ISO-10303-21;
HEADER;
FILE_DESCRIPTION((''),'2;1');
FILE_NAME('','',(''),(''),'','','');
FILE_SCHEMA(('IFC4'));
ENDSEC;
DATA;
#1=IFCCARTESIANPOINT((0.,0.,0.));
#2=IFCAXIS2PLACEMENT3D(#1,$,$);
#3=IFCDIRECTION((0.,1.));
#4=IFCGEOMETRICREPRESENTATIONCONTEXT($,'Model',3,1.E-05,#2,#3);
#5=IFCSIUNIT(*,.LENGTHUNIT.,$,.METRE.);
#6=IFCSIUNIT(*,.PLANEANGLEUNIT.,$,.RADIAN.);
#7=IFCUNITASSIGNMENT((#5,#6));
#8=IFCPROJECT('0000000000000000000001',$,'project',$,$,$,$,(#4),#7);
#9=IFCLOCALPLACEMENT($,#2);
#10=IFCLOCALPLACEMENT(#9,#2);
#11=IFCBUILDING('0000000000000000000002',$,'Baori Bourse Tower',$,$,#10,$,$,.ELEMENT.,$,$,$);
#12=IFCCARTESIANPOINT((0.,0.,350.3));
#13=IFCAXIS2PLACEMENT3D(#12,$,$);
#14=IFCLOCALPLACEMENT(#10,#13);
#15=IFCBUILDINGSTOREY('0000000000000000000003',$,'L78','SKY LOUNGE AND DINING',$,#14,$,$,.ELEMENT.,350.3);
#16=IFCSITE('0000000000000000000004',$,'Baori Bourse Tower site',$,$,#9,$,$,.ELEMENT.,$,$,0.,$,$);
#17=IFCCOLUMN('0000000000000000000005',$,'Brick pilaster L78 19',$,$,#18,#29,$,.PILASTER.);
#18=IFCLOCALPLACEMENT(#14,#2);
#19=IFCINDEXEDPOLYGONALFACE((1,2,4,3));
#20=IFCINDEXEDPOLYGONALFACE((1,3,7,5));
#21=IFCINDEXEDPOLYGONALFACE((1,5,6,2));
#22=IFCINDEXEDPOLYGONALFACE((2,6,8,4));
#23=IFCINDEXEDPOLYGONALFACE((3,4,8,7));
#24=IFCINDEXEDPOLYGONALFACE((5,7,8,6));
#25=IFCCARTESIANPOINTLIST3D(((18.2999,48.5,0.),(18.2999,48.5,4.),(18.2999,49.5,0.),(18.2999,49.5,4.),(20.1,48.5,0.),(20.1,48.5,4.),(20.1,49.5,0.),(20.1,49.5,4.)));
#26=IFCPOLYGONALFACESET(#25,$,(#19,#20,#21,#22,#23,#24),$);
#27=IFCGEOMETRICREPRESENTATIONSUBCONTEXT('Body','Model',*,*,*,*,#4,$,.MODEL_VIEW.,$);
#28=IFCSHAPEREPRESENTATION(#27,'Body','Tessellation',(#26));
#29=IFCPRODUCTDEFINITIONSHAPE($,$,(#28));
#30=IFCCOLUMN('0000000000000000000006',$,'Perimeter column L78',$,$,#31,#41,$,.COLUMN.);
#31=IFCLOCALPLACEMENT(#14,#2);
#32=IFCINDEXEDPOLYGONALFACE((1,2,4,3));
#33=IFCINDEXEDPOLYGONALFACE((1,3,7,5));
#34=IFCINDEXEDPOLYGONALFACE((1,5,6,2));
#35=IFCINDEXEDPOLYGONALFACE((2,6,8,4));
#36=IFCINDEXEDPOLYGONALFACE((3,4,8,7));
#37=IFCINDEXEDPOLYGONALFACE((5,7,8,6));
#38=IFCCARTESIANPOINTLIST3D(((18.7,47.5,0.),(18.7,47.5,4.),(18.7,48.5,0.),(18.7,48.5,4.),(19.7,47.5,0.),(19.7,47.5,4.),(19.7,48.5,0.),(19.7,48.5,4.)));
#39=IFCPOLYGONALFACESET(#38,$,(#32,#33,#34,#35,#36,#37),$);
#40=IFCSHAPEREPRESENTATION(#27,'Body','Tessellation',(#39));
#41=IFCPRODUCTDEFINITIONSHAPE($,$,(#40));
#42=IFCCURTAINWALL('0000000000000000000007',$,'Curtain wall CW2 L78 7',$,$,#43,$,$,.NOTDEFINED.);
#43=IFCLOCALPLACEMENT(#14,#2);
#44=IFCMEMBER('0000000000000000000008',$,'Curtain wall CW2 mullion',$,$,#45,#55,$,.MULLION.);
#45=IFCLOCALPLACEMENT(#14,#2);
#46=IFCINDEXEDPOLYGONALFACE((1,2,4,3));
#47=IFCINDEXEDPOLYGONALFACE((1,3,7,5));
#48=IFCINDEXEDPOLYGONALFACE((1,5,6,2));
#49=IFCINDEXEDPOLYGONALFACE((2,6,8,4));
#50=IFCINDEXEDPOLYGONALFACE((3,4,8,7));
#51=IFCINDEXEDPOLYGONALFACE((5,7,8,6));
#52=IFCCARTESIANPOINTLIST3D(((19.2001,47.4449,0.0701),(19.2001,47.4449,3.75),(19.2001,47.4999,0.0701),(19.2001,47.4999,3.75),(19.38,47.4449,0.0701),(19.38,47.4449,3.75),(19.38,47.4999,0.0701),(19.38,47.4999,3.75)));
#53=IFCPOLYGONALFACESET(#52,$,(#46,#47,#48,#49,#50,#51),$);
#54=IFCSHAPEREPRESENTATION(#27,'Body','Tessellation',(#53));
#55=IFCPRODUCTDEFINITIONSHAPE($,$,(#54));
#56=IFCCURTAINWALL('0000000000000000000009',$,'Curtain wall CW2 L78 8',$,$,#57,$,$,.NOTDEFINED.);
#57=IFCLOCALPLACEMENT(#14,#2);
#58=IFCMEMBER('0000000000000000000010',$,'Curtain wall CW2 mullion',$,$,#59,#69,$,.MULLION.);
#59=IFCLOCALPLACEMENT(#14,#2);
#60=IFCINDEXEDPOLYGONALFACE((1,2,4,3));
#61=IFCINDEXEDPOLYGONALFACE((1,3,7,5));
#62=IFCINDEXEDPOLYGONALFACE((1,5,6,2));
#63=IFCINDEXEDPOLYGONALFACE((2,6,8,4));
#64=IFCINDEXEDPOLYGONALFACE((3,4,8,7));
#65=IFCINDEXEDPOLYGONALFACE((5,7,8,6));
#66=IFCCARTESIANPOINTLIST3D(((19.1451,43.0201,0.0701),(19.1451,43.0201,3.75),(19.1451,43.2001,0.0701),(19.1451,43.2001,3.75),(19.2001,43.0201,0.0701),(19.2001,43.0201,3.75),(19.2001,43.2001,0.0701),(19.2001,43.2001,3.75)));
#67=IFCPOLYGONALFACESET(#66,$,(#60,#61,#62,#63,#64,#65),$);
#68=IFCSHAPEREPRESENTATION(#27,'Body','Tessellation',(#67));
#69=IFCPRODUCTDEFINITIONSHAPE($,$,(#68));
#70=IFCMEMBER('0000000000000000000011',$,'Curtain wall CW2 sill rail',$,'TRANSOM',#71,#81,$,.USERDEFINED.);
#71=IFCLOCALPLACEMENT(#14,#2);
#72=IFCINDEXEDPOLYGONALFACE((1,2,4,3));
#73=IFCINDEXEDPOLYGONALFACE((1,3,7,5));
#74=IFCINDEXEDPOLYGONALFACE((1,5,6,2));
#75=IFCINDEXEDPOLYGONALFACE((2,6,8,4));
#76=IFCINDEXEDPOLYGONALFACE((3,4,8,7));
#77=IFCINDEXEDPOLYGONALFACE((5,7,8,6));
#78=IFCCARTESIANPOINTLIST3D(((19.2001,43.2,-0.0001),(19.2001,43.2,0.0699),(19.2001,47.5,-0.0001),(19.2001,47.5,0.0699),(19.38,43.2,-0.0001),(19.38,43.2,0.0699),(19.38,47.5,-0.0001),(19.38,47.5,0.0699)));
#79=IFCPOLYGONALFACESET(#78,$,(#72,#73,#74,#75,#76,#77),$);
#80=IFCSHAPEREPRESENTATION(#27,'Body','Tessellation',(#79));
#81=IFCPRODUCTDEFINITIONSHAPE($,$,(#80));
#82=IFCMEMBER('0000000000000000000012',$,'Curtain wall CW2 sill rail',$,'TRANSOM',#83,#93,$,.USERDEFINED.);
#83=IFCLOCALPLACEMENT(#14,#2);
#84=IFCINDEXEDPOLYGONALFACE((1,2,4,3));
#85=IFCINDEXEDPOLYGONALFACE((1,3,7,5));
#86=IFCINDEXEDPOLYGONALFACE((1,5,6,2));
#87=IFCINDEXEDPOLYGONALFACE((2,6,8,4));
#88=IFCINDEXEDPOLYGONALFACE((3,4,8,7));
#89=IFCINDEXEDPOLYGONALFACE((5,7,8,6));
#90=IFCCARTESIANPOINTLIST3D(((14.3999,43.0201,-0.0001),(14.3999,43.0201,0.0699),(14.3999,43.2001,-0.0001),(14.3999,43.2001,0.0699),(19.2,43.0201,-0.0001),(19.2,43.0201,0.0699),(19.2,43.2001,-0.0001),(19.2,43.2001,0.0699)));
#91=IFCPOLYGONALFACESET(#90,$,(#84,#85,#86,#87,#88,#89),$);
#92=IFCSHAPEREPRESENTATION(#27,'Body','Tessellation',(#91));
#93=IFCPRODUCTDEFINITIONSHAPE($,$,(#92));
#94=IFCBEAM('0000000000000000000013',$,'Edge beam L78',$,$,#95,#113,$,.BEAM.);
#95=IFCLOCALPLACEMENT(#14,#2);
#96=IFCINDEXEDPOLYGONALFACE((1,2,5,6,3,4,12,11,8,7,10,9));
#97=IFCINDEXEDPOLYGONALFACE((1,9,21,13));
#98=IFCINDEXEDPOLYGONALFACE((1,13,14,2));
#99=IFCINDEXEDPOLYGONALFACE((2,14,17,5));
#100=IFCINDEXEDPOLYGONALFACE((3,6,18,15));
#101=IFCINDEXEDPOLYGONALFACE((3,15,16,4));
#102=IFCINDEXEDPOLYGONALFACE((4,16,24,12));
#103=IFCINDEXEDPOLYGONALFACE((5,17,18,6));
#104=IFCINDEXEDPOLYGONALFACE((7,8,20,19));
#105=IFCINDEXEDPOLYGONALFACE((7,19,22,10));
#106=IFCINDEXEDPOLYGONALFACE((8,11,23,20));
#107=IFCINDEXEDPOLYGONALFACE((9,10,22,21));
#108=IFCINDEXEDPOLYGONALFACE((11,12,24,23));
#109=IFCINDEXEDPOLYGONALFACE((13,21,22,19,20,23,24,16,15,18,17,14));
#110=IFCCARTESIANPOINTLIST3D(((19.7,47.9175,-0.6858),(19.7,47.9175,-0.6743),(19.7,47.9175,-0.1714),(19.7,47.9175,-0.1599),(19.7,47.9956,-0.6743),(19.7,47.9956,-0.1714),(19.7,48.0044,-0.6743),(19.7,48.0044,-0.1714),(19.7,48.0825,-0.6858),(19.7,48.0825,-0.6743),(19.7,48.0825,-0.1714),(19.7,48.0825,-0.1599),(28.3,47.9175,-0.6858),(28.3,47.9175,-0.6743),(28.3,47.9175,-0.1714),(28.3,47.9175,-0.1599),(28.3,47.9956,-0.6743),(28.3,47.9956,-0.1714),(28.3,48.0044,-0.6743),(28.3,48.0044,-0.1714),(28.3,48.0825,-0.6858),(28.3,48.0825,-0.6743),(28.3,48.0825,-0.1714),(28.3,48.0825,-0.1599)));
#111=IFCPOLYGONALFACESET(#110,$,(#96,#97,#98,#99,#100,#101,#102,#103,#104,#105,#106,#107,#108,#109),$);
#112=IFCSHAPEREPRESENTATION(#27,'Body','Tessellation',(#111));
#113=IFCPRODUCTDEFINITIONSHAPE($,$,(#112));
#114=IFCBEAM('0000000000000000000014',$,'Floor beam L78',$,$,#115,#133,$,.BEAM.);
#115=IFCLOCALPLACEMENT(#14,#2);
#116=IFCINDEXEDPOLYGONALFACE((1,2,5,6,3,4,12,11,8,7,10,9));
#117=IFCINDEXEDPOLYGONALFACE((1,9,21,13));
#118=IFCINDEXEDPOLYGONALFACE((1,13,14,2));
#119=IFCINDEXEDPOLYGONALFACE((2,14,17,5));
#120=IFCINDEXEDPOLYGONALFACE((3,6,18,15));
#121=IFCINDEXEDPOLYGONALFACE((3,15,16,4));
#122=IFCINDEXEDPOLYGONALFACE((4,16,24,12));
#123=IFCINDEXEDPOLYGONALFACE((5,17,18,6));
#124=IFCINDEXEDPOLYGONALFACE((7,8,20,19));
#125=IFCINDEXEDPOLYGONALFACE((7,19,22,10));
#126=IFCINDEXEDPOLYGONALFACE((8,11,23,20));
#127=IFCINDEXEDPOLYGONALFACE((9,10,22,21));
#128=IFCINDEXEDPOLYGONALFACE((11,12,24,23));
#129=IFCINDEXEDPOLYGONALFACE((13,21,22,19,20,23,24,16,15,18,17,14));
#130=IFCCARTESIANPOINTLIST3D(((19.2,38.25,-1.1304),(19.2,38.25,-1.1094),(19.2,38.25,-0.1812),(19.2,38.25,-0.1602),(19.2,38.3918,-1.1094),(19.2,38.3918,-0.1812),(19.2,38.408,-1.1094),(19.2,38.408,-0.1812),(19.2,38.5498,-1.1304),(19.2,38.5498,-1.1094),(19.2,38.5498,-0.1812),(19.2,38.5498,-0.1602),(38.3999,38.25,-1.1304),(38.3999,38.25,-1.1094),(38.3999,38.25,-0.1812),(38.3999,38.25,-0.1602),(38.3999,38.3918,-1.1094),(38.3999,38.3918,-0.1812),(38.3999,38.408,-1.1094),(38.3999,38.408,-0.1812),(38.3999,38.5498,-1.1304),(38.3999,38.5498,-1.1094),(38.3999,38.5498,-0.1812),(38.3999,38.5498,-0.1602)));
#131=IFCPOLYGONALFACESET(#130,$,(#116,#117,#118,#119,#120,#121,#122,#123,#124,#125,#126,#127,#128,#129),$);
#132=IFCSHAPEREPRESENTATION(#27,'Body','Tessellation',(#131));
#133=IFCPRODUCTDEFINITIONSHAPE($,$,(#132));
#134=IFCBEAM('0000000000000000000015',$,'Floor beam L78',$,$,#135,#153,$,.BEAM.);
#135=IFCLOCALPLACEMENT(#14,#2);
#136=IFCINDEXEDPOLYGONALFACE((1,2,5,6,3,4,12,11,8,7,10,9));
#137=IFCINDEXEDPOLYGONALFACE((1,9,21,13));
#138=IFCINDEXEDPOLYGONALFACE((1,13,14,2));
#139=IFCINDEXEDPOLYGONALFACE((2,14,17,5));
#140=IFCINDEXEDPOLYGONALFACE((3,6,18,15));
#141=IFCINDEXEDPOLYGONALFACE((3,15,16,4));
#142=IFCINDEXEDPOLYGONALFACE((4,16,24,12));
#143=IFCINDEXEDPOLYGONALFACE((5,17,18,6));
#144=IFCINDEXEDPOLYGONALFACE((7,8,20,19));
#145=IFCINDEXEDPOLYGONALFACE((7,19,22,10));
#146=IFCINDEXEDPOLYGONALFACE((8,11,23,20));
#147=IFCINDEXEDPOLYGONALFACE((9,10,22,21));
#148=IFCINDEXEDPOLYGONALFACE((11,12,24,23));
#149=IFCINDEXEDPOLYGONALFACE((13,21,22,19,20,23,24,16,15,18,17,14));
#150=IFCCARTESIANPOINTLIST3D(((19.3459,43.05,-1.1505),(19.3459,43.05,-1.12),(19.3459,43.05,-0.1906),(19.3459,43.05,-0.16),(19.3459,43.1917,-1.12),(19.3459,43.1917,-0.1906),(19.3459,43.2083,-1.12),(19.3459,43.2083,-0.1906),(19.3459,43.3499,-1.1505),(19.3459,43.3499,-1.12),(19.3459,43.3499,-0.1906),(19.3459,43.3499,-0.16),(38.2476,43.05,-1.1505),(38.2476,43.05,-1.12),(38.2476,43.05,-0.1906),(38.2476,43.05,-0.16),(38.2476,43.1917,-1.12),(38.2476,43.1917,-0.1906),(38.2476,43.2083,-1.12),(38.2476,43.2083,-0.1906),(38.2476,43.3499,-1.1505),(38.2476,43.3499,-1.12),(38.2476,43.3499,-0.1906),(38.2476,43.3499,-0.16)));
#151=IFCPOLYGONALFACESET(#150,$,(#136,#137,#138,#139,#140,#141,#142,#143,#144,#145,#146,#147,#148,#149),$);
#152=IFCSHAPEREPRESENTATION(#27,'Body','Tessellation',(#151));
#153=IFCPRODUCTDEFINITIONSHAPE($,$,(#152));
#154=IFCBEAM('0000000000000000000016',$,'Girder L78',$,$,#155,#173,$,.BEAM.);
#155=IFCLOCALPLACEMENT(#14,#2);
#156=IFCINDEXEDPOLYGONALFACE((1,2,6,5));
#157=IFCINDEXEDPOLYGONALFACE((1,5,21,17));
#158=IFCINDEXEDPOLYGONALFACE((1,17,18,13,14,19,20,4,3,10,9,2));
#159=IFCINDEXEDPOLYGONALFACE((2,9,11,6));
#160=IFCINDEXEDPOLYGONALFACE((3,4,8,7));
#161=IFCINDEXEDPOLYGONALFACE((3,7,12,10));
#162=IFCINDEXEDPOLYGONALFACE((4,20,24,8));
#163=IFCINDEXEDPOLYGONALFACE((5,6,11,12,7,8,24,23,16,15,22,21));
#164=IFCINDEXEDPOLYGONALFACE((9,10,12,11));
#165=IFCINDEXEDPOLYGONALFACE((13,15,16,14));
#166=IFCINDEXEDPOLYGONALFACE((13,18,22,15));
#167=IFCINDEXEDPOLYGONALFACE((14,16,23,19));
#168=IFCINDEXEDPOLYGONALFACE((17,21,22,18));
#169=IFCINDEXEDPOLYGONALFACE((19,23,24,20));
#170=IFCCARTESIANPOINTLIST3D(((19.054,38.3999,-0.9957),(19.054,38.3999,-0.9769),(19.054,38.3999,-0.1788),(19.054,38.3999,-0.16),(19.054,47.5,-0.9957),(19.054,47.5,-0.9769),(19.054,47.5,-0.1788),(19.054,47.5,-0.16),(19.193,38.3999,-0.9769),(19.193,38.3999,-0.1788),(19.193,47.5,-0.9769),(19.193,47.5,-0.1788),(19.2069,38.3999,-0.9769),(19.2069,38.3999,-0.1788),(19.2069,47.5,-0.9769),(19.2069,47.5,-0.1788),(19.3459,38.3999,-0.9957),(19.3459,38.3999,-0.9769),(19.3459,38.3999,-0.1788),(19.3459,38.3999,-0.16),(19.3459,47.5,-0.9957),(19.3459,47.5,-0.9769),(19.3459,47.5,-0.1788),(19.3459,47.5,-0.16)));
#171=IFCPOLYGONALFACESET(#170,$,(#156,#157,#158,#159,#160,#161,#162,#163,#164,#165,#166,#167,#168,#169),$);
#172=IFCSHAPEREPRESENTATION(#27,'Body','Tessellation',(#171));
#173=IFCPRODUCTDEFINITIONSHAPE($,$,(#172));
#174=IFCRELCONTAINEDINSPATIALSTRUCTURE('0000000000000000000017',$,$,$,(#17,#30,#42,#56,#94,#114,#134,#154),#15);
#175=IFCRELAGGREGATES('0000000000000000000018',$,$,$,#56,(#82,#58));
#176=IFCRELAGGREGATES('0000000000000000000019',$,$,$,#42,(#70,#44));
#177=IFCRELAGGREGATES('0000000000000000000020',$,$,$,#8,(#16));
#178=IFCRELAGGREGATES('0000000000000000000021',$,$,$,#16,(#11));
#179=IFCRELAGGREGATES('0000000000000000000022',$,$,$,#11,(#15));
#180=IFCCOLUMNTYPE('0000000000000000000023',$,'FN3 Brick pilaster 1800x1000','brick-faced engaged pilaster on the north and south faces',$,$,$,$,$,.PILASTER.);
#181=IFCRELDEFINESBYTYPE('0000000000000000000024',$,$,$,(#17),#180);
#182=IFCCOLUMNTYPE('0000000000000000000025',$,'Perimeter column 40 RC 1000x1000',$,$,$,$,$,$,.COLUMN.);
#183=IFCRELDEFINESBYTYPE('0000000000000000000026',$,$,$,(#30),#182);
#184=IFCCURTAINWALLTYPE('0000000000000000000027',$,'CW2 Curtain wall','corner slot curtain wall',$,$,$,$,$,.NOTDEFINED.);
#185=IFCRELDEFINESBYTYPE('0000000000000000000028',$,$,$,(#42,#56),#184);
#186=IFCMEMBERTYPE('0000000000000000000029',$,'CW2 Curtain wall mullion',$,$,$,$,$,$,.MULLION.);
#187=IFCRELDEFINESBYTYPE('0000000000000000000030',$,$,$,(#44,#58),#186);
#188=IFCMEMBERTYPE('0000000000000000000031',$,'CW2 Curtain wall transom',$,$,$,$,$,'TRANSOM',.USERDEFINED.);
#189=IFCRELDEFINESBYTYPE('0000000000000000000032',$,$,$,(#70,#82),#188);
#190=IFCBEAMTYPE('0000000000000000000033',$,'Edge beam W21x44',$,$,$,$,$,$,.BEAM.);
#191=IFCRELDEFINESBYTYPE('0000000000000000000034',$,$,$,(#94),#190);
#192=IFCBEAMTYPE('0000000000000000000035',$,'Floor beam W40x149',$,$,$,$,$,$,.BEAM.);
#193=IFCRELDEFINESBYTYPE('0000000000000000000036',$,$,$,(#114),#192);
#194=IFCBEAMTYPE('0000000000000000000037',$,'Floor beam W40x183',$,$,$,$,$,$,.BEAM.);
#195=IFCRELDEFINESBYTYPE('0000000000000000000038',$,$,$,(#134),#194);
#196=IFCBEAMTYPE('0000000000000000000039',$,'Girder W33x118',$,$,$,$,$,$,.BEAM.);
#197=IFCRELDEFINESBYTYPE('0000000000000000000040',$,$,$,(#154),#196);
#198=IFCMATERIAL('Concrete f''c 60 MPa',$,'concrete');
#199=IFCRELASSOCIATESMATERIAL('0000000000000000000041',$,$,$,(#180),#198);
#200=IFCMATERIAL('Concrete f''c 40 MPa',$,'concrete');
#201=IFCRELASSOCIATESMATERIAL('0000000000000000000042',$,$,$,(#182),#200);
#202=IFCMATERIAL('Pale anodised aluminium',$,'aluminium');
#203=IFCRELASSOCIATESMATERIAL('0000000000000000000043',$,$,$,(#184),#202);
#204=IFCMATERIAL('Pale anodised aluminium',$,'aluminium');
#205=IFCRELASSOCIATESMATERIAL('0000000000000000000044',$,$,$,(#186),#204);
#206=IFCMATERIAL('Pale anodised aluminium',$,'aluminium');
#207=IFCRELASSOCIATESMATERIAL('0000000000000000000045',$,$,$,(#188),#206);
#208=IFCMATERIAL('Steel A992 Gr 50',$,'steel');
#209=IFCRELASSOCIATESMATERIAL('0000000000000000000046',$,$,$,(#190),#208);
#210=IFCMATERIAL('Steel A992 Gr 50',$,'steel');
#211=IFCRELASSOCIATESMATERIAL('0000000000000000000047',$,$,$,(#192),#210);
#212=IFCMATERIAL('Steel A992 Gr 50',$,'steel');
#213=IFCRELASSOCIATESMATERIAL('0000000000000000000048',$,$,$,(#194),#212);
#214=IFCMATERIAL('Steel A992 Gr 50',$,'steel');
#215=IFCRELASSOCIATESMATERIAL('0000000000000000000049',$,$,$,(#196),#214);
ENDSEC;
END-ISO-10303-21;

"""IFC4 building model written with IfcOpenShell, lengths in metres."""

from ifc_helpers import new_model, si_unit, direction, frame, origin, origin_2d, place, context, subcontext, project, spatial, rectangle, i_section, extrude, material, material_profile, profile_set, type_object, element, aggregate, save


model = new_model("IFC4")

# Units and contexts
model_context = context("Model", 3, precision=1e-05, world=origin(), true_north=direction((0.0, 1.0)))
body_context = subcontext(model_context, "Body", "Model", "MODEL_VIEW")
ifc_project = project(units=[si_unit("LENGTHUNIT", "METRE"), si_unit("PLANEANGLEUNIT", "RADIAN")], contexts=[model_context])

# Site, building, storey
site_placement = place(None, origin())
site = spatial("IfcSite", under=ifc_project, at=site_placement, Name="Baori Bourse Tower site", CompositionType="ELEMENT", RefElevation=0.0)
building_placement = place(site_placement, origin())
building = spatial("IfcBuilding", under=site, at=building_placement, Name="Baori Bourse Tower", CompositionType="ELEMENT")
storey_placement = place(building_placement, frame((0.0, 0.0, 350.3)))
storey = spatial("IfcBuildingStorey", under=building, at=storey_placement, Name="L78", Description="SKY LOUNGE AND DINING", CompositionType="ELEMENT", Elevation=350.3)

# Columns
ifc_material_1 = material(Name="Concrete f'c 60 MPa", Category="concrete")
ifc_material_profile_1 = material_profile(ifc_material_1, rectangle(XDim=1.8, YDim=1.0, at=origin_2d()), Name="RC 1800x1000")
ifc_profile_set_1 = profile_set([ifc_material_profile_1], Name="Concrete f'c 60 MPa")
column_type_1 = type_object("IfcColumnType", Name="FN3 Brick pilaster 1800x1000", Description="brick-faced engaged pilaster on the north and south faces", PredefinedType="PILASTER", material=ifc_profile_set_1)
column_1_placement = place(storey_placement, frame((19.2, 49.0, 0.0), z_axis=(0.0, 0.0, 1.0), x_axis=(1.0, 0.0, 0.0)))
element("IfcColumn", 1, at=column_1_placement, inside=storey, type_object=column_type_1, Name="Brick pilaster L78 19", PredefinedType="PILASTER", context=body_context, shape_type="SweptSolid", body=[
    extrude(rectangle(XDim=1.8, YDim=1.0, at=origin_2d()), origin(), (0.0, 0.0, 1.0), 4.0),
])
ifc_material_2 = material(Name="Concrete f'c 40 MPa", Category="concrete")
ifc_material_profile_2 = material_profile(ifc_material_2, rectangle(XDim=1.0, YDim=1.0, at=origin_2d()), Name="RC 1000x1000")
ifc_profile_set_2 = profile_set([ifc_material_profile_2], Name="Concrete f'c 40 MPa")
column_type_2 = type_object("IfcColumnType", Name="Perimeter column 40 RC 1000x1000", PredefinedType="COLUMN", material=ifc_profile_set_2)
column_2_placement = place(storey_placement, frame((19.2, 48.0, 0.0), z_axis=(0.0, 0.0, 1.0), x_axis=(1.0, 0.0, 0.0)))
element("IfcColumn", 2, at=column_2_placement, inside=storey, type_object=column_type_2, Name="Perimeter column L78", PredefinedType="COLUMN", context=body_context, shape_type="SweptSolid", body=[
    extrude(rectangle(XDim=1.0, YDim=1.0, at=origin_2d()), origin(), (0.0, 0.0, 1.0), 4.0),
])

# Curtain walls, members
ifc_material_3 = material(Name="Pale anodised aluminium", Category="aluminium")
curtain_wall_type_1 = type_object("IfcCurtainWallType", Name="CW2 Curtain wall", Description="corner slot curtain wall", PredefinedType="NOTDEFINED", material=ifc_material_3)
curtain_wall_1_placement = place(storey_placement, origin())
curtain_wall_1 = element("IfcCurtainWall", 3, at=curtain_wall_1_placement, inside=storey, type_object=curtain_wall_type_1, Name="Curtain wall CW2 L78 7", PredefinedType="NOTDEFINED")
ifc_material_4 = material(Name="Pale anodised aluminium", Category="aluminium")
ifc_material_profile_3 = material_profile(ifc_material_4, rectangle(XDim=0.1799, YDim=0.0549, at=origin_2d()), Name="Mullion 55x180")
ifc_profile_set_3 = profile_set([ifc_material_profile_3], Name="Pale anodised aluminium")
member_type_1 = type_object("IfcMemberType", Name="CW2 Curtain wall mullion", PredefinedType="MULLION", material=ifc_profile_set_3)
member_1_placement = place(storey_placement, frame((19.29, 47.4724, 0.0701), z_axis=(0.0, 0.0, 1.0), x_axis=(1.0, 0.0, 0.0)))
member_1 = element("IfcMember", 4, at=member_1_placement, type_object=member_type_1, Name="Curtain wall CW2 mullion", PredefinedType="MULLION", context=body_context, shape_type="SweptSolid", body=[
    extrude(rectangle(XDim=0.1799, YDim=0.0549, at=origin_2d()), origin(), (0.0, 0.0, 1.0), 3.6799),
])
curtain_wall_2_placement = place(storey_placement, origin())
curtain_wall_2 = element("IfcCurtainWall", 5, at=curtain_wall_2_placement, inside=storey, type_object=curtain_wall_type_1, Name="Curtain wall CW2 L78 8", PredefinedType="NOTDEFINED")
member_2_placement = place(storey_placement, frame((19.1726, 43.1101, 0.0701), z_axis=(0.0, 0.0, 1.0), x_axis=(0.0, -1.0, 0.0)))
member_2 = element("IfcMember", 6, at=member_2_placement, type_object=member_type_1, Name="Curtain wall CW2 mullion", PredefinedType="MULLION", context=body_context, shape_type="SweptSolid", body=[
    extrude(rectangle(XDim=0.1799, YDim=0.0549, at=origin_2d()), origin(), (0.0, 0.0, 1.0), 3.6799),
])

# Members
ifc_material_5 = material(Name="Pale anodised aluminium", Category="aluminium")
ifc_material_profile_4 = material_profile(ifc_material_5, rectangle(XDim=0.1799, YDim=0.0701, at=origin_2d()), Name="Transom 70x180")
ifc_profile_set_4 = profile_set([ifc_material_profile_4], Name="Pale anodised aluminium")
member_type_2 = type_object("IfcMemberType", Name="CW2 Curtain wall transom", ElementType="TRANSOM", PredefinedType="USERDEFINED", material=ifc_profile_set_4)
member_3_placement = place(storey_placement, frame((19.29, 47.5, 0.0349), z_axis=(0.0, -1.0, 0.0), x_axis=(1.0, 0.0, 0.0)))
member_3 = element("IfcMember", 7, at=member_3_placement, type_object=member_type_2, Name="Curtain wall CW2 sill rail", ObjectType="TRANSOM", PredefinedType="USERDEFINED", context=body_context, shape_type="SweptSolid", body=[
    extrude(rectangle(XDim=0.1799, YDim=0.0701, at=origin_2d()), origin(), (0.0, 0.0, 1.0), 4.3),
])
member_4_placement = place(storey_placement, frame((19.2, 43.1101, 0.0349), z_axis=(-1.0, 0.0, 0.0), x_axis=(0.0, -1.0, 0.0)))
member_4 = element("IfcMember", 8, at=member_4_placement, type_object=member_type_2, Name="Curtain wall CW2 sill rail", ObjectType="TRANSOM", PredefinedType="USERDEFINED", context=body_context, shape_type="SweptSolid", body=[
    extrude(rectangle(XDim=0.1799, YDim=0.0701, at=origin_2d()), origin(), (0.0, 0.0, 1.0), 4.8),
])
aggregate(curtain_wall_2, [member_4, member_2])

# Beams
ifc_material_6 = material(Name="Steel A992 Gr 50", Category="steel")
ifc_material_profile_5 = material_profile(ifc_material_6, i_section(OverallWidth=0.165, OverallDepth=0.5259, WebThickness=0.0088, FlangeThickness=0.0115, at=origin_2d()), Name="W21x44")
ifc_profile_set_5 = profile_set([ifc_material_profile_5], Name="Steel A992 Gr 50")
beam_type_1 = type_object("IfcBeamType", Name="Edge beam W21x44", PredefinedType="BEAM", material=ifc_profile_set_5)
beam_1_placement = place(storey_placement, frame((19.7, 48.0, -0.4229), z_axis=(1.0, 0.0, 0.0), x_axis=(0.0, 1.0, 0.0)))
element("IfcBeam", 9, at=beam_1_placement, inside=storey, type_object=beam_type_1, Name="Edge beam L78", PredefinedType="BEAM", context=body_context, shape_type="SweptSolid", body=[
    extrude(i_section(OverallWidth=0.165, OverallDepth=0.5259, WebThickness=0.0088, FlangeThickness=0.0115, at=origin_2d()), origin(), (0.0, 0.0, 1.0), 8.6001),
])
ifc_material_7 = material(Name="Steel A992 Gr 50", Category="steel")
ifc_material_profile_6 = material_profile(ifc_material_7, i_section(OverallWidth=0.2998, OverallDepth=0.9702, WebThickness=0.0161, FlangeThickness=0.021, at=origin_2d()), Name="W40x149")
ifc_profile_set_6 = profile_set([ifc_material_profile_6], Name="Steel A992 Gr 50")
beam_type_2 = type_object("IfcBeamType", Name="Floor beam W40x149", PredefinedType="BEAM", material=ifc_profile_set_6)
beam_2_placement = place(storey_placement, frame((19.2, 38.3999, -0.6453), z_axis=(1.0, 0.0, 0.0), x_axis=(0.0, 1.0, 0.0)))
element("IfcBeam", 10, at=beam_2_placement, inside=storey, type_object=beam_type_2, Name="Floor beam L78", PredefinedType="BEAM", context=body_context, shape_type="SweptSolid", body=[
    extrude(i_section(OverallWidth=0.2998, OverallDepth=0.9702, WebThickness=0.0161, FlangeThickness=0.021, at=origin_2d()), origin(), (0.0, 0.0, 1.0), 19.2),
])
ifc_material_8 = material(Name="Steel A992 Gr 50", Category="steel")
ifc_material_profile_7 = material_profile(ifc_material_8, i_section(OverallWidth=0.2998, OverallDepth=0.9905, WebThickness=0.0166, FlangeThickness=0.0305, at=origin_2d()), Name="W40x183")
ifc_profile_set_7 = profile_set([ifc_material_profile_7], Name="Steel A992 Gr 50")
beam_type_3 = type_object("IfcBeamType", Name="Floor beam W40x183", PredefinedType="BEAM", material=ifc_profile_set_7)
beam_3_placement = place(storey_placement, frame((19.3459, 43.2, -0.6553), z_axis=(1.0, 0.0, 0.0), x_axis=(0.0, 1.0, 0.0)))
element("IfcBeam", 11, at=beam_3_placement, inside=storey, type_object=beam_type_3, Name="Floor beam L78", PredefinedType="BEAM", context=body_context, shape_type="SweptSolid", body=[
    extrude(i_section(OverallWidth=0.2998, OverallDepth=0.9905, WebThickness=0.0166, FlangeThickness=0.0305, at=origin_2d()), origin(), (0.0, 0.0, 1.0), 18.9016),
])
ifc_material_9 = material(Name="Steel A992 Gr 50", Category="steel")
ifc_material_profile_8 = material_profile(ifc_material_9, i_section(OverallWidth=0.292, OverallDepth=0.8357, WebThickness=0.0139, FlangeThickness=0.0188, at=origin_2d()), Name="W33x118")
ifc_profile_set_8 = profile_set([ifc_material_profile_8], Name="Steel A992 Gr 50")
beam_type_4 = type_object("IfcBeamType", Name="Girder W33x118", PredefinedType="BEAM", material=ifc_profile_set_8)
beam_4_placement = place(storey_placement, frame((19.2, 38.3999, -0.5779), z_axis=(0.0, 1.0, 0.0), x_axis=(-1.0, 0.0, 0.0)))
element("IfcBeam", 12, at=beam_4_placement, inside=storey, type_object=beam_type_4, Name="Girder L78", PredefinedType="BEAM", context=body_context, shape_type="SweptSolid", body=[
    extrude(i_section(OverallWidth=0.292, OverallDepth=0.8357, WebThickness=0.0139, FlangeThickness=0.0188, at=origin_2d()), origin(), (0.0, 0.0, 1.0), 9.1001),
])

aggregate(curtain_wall_1, [member_3, member_1])

save(model, "model.ifc")
